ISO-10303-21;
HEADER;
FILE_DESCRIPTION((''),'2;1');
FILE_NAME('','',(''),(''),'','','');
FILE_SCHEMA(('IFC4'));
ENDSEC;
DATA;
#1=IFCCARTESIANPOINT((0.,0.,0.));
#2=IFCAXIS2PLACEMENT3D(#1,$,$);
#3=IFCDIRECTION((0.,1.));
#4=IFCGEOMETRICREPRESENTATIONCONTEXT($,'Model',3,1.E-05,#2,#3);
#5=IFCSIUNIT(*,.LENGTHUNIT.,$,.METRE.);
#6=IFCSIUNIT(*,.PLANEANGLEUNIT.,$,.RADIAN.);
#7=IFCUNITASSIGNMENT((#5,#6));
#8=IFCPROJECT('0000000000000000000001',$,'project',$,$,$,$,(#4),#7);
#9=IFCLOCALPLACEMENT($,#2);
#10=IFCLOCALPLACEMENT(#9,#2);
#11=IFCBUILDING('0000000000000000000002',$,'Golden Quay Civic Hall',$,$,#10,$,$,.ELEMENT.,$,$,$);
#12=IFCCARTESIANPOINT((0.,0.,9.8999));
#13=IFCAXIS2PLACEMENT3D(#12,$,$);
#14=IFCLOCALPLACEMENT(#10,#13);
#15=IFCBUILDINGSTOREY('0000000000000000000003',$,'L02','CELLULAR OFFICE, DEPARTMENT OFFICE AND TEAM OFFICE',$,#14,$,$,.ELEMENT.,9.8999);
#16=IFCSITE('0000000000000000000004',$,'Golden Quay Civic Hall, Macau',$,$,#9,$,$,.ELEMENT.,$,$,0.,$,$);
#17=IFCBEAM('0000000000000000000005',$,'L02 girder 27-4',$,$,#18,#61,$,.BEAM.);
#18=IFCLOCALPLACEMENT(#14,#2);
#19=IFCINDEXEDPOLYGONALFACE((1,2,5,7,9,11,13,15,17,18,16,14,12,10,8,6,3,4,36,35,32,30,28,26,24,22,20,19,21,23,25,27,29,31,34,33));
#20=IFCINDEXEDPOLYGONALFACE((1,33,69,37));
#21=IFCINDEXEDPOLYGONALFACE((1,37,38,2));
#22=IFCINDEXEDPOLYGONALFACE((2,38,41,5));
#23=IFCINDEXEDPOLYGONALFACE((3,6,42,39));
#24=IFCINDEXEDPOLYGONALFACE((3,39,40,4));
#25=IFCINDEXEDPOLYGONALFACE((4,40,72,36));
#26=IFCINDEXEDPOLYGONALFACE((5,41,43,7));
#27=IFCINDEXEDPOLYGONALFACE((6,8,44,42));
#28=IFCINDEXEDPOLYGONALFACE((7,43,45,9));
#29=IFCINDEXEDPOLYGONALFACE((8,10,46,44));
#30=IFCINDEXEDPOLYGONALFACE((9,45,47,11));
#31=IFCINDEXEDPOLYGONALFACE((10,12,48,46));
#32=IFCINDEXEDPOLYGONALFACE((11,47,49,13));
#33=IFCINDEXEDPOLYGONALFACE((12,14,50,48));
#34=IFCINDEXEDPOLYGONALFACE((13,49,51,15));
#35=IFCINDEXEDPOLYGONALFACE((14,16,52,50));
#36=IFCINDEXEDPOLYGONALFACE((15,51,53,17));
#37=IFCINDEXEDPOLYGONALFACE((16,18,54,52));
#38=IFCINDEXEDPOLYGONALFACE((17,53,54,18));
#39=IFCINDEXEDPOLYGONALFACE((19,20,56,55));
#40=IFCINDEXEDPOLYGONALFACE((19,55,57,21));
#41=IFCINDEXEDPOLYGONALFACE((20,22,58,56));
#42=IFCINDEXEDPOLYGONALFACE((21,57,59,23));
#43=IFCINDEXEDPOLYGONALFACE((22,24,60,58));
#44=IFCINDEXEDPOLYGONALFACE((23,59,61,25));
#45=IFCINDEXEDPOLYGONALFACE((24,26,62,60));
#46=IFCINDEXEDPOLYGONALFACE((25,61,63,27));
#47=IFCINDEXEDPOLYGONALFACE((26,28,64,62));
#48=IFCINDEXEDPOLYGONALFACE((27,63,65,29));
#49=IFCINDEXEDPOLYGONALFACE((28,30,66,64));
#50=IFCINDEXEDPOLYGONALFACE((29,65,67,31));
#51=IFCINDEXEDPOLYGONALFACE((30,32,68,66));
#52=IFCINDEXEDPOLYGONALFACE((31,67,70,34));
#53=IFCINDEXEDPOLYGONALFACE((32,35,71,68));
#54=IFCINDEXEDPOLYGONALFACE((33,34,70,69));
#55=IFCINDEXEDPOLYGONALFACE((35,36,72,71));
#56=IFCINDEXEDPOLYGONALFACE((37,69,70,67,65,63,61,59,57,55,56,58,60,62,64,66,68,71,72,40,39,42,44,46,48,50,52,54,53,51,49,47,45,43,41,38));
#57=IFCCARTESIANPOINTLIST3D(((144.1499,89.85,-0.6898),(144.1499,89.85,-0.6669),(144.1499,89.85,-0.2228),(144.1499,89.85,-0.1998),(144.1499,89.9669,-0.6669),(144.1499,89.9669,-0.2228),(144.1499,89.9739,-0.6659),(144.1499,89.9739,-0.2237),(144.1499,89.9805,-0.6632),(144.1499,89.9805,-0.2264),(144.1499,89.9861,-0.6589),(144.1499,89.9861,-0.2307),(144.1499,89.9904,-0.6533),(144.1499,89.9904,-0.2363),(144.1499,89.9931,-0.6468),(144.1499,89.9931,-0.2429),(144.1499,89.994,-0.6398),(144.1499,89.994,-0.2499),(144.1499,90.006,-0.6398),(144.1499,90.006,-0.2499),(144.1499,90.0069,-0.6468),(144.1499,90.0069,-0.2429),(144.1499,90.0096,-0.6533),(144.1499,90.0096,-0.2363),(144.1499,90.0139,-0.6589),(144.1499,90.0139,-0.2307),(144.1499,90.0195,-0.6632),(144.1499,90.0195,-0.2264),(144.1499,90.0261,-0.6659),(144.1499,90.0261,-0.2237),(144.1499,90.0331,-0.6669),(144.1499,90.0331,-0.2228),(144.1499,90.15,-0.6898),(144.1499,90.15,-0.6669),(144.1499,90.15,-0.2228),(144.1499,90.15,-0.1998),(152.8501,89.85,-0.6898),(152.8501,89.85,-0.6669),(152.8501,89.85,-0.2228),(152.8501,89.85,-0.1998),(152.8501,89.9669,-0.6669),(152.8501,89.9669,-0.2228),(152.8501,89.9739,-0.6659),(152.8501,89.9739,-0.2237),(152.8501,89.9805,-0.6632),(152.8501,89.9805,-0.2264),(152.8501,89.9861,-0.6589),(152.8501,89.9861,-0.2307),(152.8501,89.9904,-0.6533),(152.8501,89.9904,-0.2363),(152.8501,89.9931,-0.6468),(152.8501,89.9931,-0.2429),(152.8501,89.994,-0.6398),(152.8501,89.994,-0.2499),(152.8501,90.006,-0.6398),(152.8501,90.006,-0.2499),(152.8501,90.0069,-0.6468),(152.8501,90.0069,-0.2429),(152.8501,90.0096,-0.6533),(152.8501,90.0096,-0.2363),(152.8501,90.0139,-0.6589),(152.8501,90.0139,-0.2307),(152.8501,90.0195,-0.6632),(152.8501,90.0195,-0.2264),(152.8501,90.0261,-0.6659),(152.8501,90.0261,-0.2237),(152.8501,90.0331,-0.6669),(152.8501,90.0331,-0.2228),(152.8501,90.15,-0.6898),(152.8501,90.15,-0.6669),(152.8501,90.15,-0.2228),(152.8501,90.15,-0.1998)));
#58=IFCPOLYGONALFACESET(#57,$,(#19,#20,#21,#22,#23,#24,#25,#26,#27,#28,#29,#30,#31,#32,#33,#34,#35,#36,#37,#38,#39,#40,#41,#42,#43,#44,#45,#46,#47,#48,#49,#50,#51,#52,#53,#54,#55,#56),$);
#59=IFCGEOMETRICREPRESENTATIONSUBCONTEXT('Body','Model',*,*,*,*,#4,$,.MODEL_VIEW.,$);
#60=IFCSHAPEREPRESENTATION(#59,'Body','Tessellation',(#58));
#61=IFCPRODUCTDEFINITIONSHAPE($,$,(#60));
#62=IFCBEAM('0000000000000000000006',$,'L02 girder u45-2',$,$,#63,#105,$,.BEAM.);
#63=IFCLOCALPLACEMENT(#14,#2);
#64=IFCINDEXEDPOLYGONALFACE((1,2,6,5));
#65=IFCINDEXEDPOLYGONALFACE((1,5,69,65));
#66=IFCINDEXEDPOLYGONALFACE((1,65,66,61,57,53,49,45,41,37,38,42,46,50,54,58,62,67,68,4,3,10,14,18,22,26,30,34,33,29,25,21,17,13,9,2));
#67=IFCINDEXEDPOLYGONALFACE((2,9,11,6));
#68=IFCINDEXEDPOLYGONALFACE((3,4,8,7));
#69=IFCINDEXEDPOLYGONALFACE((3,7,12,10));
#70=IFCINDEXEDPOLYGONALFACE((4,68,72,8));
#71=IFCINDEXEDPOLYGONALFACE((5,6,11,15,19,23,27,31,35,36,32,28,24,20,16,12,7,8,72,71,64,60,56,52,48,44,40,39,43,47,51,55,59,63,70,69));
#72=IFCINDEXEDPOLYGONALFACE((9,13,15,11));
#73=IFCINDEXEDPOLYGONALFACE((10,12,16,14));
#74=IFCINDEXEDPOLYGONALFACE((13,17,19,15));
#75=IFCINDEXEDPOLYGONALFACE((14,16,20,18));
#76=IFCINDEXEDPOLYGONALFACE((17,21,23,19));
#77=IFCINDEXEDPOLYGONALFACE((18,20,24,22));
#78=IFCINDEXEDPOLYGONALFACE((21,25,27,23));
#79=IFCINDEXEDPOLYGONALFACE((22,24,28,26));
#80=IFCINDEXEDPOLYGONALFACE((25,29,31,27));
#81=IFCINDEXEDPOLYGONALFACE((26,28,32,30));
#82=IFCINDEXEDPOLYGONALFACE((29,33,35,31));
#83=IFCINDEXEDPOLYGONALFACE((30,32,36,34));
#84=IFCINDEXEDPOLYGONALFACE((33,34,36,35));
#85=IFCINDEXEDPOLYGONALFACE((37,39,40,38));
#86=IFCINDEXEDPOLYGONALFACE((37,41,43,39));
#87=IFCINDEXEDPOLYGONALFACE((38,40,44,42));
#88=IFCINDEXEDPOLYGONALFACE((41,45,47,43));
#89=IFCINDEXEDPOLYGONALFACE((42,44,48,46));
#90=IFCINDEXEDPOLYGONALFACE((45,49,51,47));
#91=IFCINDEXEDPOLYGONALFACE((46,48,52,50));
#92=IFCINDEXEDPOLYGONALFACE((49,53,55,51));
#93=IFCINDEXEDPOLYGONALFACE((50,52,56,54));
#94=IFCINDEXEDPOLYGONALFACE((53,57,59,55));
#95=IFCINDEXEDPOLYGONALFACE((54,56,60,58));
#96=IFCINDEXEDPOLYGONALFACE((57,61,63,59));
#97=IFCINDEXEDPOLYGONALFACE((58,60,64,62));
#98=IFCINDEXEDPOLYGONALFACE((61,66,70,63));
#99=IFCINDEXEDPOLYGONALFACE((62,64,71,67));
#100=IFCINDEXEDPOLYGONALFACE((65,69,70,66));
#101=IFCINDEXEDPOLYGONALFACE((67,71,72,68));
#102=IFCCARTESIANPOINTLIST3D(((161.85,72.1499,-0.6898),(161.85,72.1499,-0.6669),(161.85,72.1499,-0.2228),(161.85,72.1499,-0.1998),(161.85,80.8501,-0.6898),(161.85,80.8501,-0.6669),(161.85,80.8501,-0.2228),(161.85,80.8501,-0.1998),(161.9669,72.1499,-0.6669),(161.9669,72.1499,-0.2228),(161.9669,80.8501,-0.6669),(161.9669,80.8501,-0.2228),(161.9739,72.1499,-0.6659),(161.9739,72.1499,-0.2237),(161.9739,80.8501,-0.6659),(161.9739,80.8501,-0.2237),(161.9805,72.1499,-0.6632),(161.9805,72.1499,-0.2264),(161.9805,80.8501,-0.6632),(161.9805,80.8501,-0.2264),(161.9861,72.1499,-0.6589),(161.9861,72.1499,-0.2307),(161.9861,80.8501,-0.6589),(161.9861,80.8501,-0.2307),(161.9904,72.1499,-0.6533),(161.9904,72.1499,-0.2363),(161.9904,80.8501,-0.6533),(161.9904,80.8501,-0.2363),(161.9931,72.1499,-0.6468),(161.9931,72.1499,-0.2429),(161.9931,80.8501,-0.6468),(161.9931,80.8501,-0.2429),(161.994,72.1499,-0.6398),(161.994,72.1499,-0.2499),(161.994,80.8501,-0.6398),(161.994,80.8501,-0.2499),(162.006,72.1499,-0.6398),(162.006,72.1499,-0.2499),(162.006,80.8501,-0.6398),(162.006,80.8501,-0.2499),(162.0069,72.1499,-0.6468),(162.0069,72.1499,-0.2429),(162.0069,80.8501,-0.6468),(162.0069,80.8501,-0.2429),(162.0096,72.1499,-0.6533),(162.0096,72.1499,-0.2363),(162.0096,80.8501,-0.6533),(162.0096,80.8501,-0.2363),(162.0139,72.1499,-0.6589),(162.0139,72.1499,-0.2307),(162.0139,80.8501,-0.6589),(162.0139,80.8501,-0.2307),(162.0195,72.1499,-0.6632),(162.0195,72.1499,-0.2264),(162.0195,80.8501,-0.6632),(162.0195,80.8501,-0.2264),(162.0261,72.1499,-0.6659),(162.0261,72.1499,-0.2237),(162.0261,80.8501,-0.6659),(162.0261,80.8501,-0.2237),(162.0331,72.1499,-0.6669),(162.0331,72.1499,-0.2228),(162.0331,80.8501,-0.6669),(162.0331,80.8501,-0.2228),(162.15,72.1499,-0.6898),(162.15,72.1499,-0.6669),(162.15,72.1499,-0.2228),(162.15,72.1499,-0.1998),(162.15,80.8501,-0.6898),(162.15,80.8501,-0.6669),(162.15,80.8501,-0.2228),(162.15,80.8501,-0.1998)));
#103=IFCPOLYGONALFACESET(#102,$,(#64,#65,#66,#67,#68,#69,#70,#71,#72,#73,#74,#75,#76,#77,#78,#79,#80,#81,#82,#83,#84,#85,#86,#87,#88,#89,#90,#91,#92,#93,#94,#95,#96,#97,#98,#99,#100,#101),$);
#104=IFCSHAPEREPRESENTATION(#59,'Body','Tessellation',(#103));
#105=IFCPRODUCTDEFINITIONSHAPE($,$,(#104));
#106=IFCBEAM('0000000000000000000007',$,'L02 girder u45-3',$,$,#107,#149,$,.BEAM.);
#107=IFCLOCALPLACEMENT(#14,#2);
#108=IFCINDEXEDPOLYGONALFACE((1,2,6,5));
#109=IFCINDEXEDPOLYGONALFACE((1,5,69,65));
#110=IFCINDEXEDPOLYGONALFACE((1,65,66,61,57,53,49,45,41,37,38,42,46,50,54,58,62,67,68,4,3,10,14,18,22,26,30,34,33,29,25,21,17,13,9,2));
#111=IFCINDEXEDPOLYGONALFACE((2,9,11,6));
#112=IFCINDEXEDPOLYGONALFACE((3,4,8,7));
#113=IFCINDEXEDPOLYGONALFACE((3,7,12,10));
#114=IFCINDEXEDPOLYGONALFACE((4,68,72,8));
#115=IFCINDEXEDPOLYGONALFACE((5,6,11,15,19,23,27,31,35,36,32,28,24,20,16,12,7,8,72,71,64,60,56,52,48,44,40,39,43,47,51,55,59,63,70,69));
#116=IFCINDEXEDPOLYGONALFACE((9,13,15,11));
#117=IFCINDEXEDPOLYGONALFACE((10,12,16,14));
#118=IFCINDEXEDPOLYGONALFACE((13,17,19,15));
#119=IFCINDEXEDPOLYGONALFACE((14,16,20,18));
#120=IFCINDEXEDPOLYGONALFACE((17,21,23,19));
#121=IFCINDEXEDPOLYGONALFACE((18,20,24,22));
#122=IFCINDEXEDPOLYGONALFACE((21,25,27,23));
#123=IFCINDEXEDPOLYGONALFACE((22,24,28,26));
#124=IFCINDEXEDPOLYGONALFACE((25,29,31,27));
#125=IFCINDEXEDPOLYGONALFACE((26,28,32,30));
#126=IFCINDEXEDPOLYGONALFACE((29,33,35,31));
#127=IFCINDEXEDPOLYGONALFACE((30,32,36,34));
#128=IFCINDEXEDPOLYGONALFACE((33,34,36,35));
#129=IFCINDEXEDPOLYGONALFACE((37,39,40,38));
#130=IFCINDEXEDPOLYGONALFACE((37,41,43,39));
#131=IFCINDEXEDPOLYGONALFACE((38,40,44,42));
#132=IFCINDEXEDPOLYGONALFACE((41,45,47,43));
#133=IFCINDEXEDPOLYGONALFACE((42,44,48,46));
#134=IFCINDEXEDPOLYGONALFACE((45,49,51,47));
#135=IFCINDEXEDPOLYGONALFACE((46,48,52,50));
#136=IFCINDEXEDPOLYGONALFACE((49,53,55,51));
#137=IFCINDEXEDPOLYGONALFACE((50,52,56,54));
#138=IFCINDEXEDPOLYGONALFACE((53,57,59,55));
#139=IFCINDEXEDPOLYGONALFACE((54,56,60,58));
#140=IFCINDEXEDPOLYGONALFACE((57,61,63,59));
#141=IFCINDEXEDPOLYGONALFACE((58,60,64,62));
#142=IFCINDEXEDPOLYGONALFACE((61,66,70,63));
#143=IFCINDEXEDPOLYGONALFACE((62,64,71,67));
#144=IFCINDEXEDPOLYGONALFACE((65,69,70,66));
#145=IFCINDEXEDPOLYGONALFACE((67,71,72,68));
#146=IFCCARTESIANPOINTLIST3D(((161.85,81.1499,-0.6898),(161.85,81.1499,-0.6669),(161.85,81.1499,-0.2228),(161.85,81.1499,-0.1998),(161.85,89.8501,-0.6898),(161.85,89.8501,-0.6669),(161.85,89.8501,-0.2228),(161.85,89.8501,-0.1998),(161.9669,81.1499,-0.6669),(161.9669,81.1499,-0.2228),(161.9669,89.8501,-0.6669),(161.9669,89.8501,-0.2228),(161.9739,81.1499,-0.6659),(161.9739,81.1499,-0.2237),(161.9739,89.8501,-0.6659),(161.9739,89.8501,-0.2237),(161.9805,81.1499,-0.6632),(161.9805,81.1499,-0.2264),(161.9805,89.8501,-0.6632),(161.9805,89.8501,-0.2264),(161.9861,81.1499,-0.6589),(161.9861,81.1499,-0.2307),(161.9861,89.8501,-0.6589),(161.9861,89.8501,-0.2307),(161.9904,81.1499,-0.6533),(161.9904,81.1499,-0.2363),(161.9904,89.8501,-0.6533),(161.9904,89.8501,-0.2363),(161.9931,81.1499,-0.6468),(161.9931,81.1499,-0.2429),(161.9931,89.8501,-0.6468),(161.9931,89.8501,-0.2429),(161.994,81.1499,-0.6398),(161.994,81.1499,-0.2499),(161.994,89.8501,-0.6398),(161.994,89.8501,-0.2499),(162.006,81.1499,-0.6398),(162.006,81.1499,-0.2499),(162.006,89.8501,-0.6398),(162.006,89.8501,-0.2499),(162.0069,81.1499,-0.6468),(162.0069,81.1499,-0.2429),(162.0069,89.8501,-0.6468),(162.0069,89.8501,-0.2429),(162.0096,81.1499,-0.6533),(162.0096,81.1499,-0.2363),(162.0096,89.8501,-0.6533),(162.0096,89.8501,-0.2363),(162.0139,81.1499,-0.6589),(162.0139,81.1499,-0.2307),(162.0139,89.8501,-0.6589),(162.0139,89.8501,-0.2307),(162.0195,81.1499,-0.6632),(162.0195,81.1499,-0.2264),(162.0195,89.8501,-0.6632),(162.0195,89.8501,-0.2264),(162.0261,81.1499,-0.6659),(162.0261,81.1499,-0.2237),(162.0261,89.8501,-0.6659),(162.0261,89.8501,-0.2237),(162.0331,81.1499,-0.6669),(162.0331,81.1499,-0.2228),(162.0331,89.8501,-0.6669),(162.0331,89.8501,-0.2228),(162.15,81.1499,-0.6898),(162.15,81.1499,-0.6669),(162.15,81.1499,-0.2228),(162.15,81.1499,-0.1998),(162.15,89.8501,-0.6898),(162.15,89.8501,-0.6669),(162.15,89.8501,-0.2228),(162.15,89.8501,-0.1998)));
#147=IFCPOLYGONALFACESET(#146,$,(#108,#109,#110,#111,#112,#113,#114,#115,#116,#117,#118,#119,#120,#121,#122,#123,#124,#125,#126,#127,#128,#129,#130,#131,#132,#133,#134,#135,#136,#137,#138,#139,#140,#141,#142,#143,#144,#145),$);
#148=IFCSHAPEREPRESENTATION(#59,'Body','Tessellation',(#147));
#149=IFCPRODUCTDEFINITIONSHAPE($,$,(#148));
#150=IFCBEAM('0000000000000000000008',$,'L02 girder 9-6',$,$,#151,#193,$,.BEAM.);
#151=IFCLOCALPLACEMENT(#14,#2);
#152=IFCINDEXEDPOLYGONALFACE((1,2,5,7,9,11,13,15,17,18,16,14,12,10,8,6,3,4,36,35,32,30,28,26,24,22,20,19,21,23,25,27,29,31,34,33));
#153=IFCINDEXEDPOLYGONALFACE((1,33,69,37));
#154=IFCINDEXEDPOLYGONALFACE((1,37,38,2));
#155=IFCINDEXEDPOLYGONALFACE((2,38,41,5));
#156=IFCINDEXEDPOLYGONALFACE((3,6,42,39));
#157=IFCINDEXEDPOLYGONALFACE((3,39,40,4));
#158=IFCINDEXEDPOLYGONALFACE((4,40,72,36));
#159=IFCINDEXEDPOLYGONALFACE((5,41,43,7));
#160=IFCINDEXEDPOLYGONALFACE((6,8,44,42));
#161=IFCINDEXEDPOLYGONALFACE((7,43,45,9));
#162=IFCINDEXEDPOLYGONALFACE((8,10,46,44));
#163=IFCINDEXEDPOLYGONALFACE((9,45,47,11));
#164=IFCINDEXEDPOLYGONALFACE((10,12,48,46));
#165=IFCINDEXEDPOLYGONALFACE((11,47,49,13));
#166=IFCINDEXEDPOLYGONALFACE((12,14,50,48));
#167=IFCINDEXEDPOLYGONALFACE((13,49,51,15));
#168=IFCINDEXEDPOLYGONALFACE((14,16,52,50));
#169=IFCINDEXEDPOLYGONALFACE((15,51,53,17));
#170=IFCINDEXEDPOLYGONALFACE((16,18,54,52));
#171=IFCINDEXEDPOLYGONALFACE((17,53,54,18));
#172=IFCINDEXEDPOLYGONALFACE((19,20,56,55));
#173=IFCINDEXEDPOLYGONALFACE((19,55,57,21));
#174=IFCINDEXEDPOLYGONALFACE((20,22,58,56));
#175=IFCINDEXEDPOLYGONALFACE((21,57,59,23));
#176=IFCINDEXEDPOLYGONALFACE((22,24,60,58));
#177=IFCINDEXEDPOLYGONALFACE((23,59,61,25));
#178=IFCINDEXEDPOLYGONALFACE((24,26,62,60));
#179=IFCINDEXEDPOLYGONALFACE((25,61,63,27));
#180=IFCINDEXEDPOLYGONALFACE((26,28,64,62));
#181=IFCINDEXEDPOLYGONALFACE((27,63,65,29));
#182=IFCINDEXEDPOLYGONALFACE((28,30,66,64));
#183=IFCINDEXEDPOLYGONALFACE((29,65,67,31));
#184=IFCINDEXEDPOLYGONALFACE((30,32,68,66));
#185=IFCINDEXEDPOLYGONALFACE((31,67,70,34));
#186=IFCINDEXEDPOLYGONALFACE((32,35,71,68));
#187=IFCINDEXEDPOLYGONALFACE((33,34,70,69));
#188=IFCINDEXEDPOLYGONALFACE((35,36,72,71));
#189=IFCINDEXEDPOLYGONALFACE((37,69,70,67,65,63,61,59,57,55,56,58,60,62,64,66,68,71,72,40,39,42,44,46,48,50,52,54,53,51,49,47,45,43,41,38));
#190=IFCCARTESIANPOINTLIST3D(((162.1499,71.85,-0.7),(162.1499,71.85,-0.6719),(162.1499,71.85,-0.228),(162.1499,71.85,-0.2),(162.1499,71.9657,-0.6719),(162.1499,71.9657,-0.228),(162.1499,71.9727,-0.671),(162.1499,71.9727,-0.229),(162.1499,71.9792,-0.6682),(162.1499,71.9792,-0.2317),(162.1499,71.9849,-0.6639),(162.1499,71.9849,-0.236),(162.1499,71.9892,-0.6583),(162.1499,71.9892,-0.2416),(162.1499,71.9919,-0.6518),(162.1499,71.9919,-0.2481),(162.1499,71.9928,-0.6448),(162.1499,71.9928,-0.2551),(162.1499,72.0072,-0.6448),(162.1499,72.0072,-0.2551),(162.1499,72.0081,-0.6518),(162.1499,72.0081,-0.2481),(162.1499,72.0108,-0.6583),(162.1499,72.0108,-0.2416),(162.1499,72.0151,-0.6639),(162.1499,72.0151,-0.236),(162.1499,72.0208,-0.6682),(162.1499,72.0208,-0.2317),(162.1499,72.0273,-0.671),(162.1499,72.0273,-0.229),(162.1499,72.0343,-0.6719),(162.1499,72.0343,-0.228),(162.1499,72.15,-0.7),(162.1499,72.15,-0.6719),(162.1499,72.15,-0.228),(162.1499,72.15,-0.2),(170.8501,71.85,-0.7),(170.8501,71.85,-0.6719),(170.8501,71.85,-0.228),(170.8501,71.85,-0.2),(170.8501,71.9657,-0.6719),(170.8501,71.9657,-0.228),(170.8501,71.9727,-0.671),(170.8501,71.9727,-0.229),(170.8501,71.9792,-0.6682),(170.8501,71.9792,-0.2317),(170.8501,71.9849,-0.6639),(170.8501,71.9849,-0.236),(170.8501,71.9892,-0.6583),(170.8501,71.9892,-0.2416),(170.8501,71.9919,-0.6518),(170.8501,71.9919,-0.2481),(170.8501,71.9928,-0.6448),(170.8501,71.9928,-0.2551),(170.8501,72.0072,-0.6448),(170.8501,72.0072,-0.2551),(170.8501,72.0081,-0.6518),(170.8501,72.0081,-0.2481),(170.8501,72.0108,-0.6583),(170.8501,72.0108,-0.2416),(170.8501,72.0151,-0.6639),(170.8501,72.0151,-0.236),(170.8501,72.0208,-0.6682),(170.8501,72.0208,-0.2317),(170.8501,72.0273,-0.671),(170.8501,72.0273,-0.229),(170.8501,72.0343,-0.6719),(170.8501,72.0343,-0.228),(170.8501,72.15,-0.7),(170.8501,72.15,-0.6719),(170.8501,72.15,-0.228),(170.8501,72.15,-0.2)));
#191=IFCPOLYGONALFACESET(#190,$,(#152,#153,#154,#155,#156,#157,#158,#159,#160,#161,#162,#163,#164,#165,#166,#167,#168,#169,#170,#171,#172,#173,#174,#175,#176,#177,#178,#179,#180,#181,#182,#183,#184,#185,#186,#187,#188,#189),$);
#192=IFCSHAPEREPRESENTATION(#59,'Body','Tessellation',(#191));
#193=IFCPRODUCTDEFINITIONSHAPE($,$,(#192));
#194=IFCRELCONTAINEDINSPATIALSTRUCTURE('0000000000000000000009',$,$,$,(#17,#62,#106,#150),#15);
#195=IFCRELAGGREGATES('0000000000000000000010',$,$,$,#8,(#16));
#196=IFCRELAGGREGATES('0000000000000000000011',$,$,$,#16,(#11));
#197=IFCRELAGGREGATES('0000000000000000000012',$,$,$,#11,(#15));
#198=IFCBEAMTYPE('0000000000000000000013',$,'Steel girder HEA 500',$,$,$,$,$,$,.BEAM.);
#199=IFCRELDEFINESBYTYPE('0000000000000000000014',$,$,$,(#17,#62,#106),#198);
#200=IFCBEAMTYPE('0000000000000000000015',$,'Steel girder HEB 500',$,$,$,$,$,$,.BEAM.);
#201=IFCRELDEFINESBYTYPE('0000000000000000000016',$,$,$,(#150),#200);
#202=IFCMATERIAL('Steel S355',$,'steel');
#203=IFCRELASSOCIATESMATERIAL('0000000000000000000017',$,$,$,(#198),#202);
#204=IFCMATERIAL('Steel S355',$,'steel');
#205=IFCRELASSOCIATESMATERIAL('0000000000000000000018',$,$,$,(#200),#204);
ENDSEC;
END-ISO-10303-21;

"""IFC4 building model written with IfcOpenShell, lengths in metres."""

from ifc_helpers import new_model, si_unit, direction, frame, origin, origin_2d, place, context, subcontext, project, spatial, i_section, extrude, material, material_profile, profile_set, type_object, element, save


model = new_model("IFC4")

# Units and contexts
model_context = context("Model", 3, precision=1e-05, world=origin(), true_north=direction((0.0, 1.0)))
body_context = subcontext(model_context, "Body", "Model", "MODEL_VIEW")
ifc_project = project(units=[si_unit("LENGTHUNIT", "METRE"), si_unit("PLANEANGLEUNIT", "RADIAN")], contexts=[model_context])

# Site, building, storey
site_placement = place(None, origin())
site = spatial("IfcSite", under=ifc_project, at=site_placement, Name="Golden Quay Civic Hall, Macau", CompositionType="ELEMENT", RefElevation=0.0)
building_placement = place(site_placement, origin())
building = spatial("IfcBuilding", under=site, at=building_placement, Name="Golden Quay Civic Hall", CompositionType="ELEMENT")
storey_placement = place(building_placement, frame((0.0, 0.0, 9.8999)))
storey = spatial("IfcBuildingStorey", under=building, at=storey_placement, Name="L02", Description="CELLULAR OFFICE, DEPARTMENT OFFICE AND TEAM OFFICE", CompositionType="ELEMENT", Elevation=9.8999)

# Beams
ifc_material_1 = material(Name="Steel S355", Category="steel")
ifc_material_profile_1 = material_profile(ifc_material_1, i_section(OverallWidth=0.3, OverallDepth=0.49, WebThickness=0.012, FlangeThickness=0.0229, FilletRadius=0.0271, at=origin_2d()), Name="HEA 500")
ifc_profile_set_1 = profile_set([ifc_material_profile_1], Name="Steel S355")
beam_type_1 = type_object("IfcBeamType", Name="Steel girder HEA 500", PredefinedType="BEAM", material=ifc_profile_set_1)
for number, where, z_axis, x_axis, name in (
    (1, (144.1499, 90.0, -0.4448), (1.0, 0.0, 0.0), (0.0, 1.0, 0.0), "L02 girder 27-4"),
    (2, (162.0, 72.1499, -0.4448), (0.0, 1.0, 0.0), (-1.0, 0.0, 0.0), "L02 girder u45-2"),
    (3, (162.0, 81.1499, -0.4448), (0.0, 1.0, 0.0), (-1.0, 0.0, 0.0), "L02 girder u45-3"),
):
    element("IfcBeam", number, at=place(storey_placement, frame(where, z_axis=z_axis, x_axis=x_axis)), inside=storey, type_object=beam_type_1, Name=name, PredefinedType="BEAM", context=body_context, shape_type="SweptSolid", body=[
        extrude(i_section(OverallWidth=0.3, OverallDepth=0.49, WebThickness=0.012, FlangeThickness=0.0229, FilletRadius=0.0271, at=origin_2d()), origin(), (0.0, 0.0, 1.0), 8.7002),
    ])
ifc_material_2 = material(Name="Steel S355", Category="steel")
ifc_material_profile_2 = material_profile(ifc_material_2, i_section(OverallWidth=0.3, OverallDepth=0.5, WebThickness=0.0144, FlangeThickness=0.0281, FilletRadius=0.0271, at=origin_2d()), Name="HEB 500")
ifc_profile_set_2 = profile_set([ifc_material_profile_2], Name="Steel S355")
beam_type_2 = type_object("IfcBeamType", Name="Steel girder HEB 500", PredefinedType="BEAM", material=ifc_profile_set_2)
for number, where, z_axis, x_axis, name in (
    (4, (162.1499, 72.0, -0.45), (1.0, 0.0, 0.0), (0.0, 1.0, 0.0), "L02 girder 9-6"),
):
    element("IfcBeam", number, at=place(storey_placement, frame(where, z_axis=z_axis, x_axis=x_axis)), inside=storey, type_object=beam_type_2, Name=name, PredefinedType="BEAM", context=body_context, shape_type="SweptSolid", body=[
        extrude(i_section(OverallWidth=0.3, OverallDepth=0.5, WebThickness=0.0144, FlangeThickness=0.0281, FilletRadius=0.0271, at=origin_2d()), origin(), (0.0, 0.0, 1.0), 8.7002),
    ])

save(model, "model.ifc")
